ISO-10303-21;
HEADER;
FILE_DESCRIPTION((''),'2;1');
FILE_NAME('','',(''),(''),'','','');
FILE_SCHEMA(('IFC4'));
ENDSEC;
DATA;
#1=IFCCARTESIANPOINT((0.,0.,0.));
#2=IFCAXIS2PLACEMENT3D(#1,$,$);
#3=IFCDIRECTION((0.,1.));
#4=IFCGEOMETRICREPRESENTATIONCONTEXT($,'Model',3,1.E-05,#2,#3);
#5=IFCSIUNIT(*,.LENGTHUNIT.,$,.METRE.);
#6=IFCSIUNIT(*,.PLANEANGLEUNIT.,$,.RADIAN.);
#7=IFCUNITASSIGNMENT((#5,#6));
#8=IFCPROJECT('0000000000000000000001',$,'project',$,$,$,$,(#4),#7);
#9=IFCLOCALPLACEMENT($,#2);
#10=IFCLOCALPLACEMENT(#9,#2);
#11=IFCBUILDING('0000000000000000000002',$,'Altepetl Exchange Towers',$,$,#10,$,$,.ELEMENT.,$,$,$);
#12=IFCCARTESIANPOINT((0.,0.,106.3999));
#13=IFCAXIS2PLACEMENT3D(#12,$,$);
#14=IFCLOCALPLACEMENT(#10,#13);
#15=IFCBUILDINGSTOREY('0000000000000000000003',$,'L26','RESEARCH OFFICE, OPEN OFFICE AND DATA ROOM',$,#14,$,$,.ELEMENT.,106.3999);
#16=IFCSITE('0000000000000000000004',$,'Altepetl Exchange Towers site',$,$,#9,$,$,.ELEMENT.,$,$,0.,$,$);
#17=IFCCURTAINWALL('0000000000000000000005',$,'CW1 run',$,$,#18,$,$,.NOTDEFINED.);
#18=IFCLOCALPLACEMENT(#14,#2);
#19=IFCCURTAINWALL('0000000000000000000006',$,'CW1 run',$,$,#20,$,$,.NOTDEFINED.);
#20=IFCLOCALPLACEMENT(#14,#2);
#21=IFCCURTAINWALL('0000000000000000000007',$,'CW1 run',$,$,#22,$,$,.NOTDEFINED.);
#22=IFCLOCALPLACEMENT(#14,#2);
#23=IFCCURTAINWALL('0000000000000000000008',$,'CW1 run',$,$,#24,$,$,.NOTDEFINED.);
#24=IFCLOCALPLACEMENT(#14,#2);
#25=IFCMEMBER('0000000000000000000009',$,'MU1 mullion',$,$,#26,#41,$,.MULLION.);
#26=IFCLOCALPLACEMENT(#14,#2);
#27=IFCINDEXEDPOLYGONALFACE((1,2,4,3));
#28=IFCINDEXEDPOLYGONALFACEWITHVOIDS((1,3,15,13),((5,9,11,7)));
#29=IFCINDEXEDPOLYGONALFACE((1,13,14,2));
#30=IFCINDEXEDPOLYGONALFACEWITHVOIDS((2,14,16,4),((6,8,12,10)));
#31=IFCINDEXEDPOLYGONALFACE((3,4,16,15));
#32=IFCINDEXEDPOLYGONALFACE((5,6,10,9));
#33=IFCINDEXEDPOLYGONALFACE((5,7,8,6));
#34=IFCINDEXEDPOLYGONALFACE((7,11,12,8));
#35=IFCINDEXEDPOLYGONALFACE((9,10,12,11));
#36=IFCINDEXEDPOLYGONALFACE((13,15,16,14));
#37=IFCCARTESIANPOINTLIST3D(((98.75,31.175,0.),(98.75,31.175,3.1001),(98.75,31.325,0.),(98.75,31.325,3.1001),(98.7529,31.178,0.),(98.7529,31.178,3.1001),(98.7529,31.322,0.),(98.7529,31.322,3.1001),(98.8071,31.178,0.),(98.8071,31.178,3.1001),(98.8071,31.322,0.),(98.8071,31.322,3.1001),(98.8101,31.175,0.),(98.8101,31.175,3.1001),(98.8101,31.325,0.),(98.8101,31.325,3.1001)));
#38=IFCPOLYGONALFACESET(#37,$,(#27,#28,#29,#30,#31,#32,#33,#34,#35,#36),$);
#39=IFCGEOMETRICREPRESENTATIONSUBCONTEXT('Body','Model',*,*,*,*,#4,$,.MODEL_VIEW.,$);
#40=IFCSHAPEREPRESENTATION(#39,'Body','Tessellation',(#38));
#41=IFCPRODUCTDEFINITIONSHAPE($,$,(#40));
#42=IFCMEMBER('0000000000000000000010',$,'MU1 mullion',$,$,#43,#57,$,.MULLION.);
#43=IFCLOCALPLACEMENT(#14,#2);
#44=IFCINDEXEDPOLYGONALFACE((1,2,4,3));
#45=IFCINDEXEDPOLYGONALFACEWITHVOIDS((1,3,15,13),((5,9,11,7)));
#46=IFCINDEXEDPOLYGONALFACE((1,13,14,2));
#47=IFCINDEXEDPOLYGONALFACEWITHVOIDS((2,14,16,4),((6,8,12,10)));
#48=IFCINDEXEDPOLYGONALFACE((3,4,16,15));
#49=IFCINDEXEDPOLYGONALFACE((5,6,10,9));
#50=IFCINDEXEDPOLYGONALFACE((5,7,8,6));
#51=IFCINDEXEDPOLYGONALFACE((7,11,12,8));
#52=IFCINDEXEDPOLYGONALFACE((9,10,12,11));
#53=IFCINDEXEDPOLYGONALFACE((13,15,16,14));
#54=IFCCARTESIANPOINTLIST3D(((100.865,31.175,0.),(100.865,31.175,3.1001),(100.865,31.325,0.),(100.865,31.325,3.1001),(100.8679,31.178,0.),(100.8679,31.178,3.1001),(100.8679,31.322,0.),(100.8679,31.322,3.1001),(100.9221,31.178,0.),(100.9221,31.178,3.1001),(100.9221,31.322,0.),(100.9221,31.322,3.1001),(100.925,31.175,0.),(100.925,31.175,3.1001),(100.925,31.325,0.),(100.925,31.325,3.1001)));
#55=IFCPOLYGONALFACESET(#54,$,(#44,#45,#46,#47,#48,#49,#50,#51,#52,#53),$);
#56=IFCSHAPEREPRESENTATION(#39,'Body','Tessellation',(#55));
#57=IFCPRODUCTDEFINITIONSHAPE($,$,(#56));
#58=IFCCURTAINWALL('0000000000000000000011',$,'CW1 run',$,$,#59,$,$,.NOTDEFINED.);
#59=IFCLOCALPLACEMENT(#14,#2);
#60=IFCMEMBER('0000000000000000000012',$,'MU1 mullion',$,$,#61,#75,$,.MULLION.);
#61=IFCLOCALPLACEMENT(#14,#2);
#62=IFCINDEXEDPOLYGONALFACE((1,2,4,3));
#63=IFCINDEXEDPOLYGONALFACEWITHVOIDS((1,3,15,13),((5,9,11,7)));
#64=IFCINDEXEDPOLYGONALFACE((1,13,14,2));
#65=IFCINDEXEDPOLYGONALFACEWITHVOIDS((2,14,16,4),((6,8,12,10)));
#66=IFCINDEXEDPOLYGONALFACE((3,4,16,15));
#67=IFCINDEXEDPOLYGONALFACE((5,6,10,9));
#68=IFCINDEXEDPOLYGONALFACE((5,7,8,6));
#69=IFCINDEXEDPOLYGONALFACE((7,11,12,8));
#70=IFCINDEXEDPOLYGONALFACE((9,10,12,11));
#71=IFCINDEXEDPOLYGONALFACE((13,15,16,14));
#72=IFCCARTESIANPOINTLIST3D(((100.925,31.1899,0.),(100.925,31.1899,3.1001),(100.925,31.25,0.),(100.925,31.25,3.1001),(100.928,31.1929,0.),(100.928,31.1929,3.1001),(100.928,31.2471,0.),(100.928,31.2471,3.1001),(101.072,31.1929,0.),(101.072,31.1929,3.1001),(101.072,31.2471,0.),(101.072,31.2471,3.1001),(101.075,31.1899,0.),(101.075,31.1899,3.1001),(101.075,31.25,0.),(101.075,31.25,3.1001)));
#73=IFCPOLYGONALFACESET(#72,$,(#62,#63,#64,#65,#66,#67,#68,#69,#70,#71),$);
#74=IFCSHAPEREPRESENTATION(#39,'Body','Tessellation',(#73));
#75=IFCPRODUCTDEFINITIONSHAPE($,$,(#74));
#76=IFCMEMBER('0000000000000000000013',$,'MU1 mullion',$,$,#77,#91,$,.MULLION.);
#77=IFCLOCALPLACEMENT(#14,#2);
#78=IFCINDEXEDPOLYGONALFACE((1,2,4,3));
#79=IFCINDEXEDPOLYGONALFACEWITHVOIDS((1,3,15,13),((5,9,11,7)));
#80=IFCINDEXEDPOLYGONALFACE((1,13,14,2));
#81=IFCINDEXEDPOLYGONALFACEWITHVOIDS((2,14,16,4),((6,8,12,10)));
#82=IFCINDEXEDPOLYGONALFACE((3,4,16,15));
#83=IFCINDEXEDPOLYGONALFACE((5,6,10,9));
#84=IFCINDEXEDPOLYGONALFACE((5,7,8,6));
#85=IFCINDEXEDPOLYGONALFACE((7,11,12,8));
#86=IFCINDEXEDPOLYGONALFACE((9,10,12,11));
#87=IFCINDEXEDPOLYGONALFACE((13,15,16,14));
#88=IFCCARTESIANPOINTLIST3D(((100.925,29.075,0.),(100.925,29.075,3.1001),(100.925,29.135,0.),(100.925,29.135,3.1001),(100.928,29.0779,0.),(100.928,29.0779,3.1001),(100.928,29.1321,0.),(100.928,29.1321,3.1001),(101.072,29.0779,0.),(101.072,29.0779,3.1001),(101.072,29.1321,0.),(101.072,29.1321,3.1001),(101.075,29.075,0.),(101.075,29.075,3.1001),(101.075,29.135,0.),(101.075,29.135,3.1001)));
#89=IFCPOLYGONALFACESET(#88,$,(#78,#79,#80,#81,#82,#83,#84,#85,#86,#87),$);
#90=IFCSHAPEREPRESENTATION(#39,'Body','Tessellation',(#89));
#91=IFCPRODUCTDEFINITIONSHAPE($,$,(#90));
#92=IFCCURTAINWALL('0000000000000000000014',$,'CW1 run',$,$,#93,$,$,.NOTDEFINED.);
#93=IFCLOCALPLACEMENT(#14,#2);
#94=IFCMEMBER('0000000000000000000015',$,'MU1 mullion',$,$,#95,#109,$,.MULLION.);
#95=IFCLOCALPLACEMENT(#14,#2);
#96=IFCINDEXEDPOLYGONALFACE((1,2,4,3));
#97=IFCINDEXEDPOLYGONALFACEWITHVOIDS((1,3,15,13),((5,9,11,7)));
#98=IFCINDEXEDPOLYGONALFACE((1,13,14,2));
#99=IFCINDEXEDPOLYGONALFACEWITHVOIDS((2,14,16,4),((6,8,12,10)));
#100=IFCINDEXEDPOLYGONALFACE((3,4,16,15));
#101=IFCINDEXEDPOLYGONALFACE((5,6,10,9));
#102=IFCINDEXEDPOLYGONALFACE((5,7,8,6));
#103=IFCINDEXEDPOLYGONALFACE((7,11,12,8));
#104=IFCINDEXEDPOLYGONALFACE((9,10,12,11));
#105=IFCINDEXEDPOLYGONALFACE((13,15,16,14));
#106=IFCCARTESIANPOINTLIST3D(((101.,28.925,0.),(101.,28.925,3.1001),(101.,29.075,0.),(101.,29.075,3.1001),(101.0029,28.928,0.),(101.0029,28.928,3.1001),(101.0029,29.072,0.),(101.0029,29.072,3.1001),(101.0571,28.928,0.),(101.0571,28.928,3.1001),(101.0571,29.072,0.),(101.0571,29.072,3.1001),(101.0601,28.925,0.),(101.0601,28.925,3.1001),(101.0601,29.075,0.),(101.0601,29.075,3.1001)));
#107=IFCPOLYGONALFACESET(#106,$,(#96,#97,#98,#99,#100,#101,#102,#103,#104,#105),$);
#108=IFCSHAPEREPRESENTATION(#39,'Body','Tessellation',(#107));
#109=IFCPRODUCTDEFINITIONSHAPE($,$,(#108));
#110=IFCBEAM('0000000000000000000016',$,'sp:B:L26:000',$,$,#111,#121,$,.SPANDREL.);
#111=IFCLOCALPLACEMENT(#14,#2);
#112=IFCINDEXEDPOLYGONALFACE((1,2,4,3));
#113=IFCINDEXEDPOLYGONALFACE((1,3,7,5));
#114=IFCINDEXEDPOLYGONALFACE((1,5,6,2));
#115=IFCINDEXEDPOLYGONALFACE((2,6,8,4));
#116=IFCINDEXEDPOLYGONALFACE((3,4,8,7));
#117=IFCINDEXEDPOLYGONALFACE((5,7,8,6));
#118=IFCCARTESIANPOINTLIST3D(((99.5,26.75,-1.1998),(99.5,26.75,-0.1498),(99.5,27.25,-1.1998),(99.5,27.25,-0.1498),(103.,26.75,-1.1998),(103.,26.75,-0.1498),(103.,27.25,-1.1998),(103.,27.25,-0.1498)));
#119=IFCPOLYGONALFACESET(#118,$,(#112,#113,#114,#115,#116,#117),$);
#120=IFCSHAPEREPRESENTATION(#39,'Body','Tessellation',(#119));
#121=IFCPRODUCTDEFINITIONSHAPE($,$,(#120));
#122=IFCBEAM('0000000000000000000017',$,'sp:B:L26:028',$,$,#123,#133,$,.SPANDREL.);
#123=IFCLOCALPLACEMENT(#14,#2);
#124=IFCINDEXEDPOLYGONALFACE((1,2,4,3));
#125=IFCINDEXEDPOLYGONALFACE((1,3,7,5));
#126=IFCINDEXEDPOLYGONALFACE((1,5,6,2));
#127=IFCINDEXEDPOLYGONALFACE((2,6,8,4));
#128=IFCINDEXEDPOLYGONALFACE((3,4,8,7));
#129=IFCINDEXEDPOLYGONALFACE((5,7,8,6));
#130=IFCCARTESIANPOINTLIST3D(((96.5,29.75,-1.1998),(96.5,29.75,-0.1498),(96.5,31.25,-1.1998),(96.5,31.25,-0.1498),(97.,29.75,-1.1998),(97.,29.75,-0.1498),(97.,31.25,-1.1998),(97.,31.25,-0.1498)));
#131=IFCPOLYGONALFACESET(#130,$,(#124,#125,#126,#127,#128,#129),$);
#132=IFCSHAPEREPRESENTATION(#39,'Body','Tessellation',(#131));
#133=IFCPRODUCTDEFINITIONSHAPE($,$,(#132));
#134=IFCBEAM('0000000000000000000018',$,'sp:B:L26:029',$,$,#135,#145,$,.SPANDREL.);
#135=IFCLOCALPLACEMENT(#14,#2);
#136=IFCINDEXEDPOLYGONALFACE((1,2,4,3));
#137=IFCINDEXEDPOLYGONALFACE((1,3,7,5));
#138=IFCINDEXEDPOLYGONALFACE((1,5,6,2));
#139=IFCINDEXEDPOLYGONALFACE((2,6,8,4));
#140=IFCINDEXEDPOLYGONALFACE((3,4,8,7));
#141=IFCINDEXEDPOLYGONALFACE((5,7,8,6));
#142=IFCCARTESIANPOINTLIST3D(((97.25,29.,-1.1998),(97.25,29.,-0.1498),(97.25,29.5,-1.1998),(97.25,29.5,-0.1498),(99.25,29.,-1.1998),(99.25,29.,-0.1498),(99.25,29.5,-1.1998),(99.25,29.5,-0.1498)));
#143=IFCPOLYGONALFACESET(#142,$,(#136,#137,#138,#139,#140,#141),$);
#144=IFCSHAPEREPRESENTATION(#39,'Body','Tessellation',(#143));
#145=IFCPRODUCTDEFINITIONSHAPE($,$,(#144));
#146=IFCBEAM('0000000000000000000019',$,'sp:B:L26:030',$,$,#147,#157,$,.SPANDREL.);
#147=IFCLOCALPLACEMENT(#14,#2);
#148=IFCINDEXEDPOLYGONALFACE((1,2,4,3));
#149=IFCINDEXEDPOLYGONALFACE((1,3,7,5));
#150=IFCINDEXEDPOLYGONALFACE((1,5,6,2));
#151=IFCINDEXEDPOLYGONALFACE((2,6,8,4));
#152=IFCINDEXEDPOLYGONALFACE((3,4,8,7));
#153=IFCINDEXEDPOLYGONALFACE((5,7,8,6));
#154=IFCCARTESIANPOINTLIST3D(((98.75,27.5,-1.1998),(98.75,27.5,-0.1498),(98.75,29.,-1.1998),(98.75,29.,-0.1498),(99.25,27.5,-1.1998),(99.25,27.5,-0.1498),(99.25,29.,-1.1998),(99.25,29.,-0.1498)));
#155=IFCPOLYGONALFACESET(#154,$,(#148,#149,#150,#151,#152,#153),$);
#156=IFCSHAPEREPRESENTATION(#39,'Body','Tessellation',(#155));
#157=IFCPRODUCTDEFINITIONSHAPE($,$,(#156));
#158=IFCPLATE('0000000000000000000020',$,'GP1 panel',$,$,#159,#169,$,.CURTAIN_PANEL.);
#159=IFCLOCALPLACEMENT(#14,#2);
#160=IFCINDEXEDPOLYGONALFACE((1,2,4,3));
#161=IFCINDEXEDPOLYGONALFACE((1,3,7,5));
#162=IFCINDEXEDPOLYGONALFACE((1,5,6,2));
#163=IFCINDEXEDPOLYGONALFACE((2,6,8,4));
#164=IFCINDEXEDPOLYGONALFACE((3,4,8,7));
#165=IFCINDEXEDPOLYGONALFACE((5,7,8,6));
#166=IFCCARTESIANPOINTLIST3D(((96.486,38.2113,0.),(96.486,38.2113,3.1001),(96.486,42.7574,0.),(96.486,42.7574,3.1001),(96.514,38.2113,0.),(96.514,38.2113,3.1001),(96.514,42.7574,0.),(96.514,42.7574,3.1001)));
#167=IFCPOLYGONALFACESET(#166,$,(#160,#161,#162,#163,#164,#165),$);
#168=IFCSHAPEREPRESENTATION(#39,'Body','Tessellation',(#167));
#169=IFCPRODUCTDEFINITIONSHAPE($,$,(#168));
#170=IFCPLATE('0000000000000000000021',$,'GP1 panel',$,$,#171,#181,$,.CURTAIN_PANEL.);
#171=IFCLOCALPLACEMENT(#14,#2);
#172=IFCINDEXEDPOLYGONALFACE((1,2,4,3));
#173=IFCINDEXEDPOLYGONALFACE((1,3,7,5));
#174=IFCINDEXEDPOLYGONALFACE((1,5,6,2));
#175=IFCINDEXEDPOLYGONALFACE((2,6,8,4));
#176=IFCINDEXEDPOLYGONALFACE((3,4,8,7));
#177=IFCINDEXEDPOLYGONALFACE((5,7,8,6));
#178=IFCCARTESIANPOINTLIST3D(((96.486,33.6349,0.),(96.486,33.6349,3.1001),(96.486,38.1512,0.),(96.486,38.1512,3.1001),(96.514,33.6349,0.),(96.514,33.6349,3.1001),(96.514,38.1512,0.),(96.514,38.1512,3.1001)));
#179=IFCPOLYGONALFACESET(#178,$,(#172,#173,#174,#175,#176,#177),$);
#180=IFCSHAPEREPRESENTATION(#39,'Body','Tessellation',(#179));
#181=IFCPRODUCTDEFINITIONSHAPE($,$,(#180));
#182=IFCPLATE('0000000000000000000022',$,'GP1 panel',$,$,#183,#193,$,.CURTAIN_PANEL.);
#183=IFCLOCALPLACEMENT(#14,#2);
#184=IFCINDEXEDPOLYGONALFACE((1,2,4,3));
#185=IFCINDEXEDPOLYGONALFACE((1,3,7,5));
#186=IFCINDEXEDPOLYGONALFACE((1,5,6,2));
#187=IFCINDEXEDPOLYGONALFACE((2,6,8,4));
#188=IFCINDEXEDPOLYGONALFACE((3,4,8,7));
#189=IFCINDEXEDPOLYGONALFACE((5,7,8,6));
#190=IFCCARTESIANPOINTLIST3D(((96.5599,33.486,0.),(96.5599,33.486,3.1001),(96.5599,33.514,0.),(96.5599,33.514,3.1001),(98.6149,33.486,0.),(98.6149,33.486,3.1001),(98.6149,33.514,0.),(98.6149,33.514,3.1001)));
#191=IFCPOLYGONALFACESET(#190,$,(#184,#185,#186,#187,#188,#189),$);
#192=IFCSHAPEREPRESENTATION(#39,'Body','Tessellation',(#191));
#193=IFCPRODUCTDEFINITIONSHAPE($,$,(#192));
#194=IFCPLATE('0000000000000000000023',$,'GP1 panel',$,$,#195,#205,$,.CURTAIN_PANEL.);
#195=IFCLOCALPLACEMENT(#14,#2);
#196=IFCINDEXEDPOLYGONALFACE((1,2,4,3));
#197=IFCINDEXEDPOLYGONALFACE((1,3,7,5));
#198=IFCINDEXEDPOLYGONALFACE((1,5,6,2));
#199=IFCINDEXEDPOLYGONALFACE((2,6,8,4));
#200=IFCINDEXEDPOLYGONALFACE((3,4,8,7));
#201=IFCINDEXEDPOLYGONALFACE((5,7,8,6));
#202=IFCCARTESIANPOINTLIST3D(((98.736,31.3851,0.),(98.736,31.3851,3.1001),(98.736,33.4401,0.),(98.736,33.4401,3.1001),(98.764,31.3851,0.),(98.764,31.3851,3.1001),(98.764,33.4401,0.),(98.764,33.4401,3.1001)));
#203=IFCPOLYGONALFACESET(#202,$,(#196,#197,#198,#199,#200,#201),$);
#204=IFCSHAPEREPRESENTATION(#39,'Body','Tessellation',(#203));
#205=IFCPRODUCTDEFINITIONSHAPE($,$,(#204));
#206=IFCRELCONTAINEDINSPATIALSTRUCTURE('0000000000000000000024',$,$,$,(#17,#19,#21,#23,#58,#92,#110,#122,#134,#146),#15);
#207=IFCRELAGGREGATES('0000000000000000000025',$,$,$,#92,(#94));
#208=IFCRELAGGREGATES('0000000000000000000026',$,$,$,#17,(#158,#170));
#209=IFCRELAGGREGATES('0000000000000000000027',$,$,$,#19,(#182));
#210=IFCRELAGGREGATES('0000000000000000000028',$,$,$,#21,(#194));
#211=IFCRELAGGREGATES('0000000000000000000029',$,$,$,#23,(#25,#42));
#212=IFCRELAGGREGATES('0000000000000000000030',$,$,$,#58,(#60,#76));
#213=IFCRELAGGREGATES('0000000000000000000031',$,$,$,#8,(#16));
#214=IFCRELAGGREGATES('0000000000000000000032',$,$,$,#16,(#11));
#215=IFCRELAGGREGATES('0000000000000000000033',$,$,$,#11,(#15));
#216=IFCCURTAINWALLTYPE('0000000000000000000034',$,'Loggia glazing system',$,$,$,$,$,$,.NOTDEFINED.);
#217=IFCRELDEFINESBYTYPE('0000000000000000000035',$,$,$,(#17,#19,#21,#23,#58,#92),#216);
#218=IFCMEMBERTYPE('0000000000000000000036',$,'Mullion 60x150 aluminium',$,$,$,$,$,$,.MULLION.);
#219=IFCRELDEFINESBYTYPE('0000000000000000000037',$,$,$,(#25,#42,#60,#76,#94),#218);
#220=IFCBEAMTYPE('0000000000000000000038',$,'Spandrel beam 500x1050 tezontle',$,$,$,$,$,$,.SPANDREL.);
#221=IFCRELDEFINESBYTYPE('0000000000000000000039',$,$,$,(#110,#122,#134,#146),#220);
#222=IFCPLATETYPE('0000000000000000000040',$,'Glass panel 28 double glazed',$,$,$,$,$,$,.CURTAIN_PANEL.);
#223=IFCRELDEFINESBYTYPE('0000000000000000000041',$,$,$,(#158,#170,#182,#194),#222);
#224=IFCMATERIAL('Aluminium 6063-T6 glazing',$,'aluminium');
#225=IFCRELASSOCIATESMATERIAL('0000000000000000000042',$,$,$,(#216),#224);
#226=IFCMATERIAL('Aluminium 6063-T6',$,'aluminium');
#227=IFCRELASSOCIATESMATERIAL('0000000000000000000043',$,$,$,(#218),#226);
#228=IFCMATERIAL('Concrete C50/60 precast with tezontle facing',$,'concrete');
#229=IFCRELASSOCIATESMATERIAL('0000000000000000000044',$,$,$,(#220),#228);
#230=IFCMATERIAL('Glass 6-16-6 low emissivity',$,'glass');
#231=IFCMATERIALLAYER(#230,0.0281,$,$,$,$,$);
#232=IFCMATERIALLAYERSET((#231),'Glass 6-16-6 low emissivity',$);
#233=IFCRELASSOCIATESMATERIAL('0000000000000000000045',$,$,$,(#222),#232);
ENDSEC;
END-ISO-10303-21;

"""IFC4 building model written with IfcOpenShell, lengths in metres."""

from ifc_helpers import new_model, si_unit, direction, frame, origin, origin_2d, place, context, subcontext, project, spatial, rectangle, hollow_rectangle, extrude, material, layer, layer_set, material_profile, profile_set, type_object, element, aggregate, save


model = new_model("IFC4")

# Units and contexts
model_context = context("Model", 3, precision=1e-05, world=origin(), true_north=direction((0.0, 1.0)))
body_context = subcontext(model_context, "Body", "Model", "MODEL_VIEW")
ifc_project = project(units=[si_unit("LENGTHUNIT", "METRE"), si_unit("PLANEANGLEUNIT", "RADIAN")], contexts=[model_context])

# Site, building, storey
site_placement = place(None, origin())
site = spatial("IfcSite", under=ifc_project, at=site_placement, Name="Altepetl Exchange Towers site", CompositionType="ELEMENT", RefElevation=0.0)
building_placement = place(site_placement, origin())
building = spatial("IfcBuilding", under=site, at=building_placement, Name="Altepetl Exchange Towers", CompositionType="ELEMENT")
storey_placement = place(building_placement, frame((0.0, 0.0, 106.3999)))
storey = spatial("IfcBuildingStorey", under=building, at=storey_placement, Name="L26", Description="RESEARCH OFFICE, OPEN OFFICE AND DATA ROOM", CompositionType="ELEMENT", Elevation=106.3999)

# Curtain walls, members
ifc_material_1 = material(Name="Aluminium 6063-T6 glazing", Category="aluminium")
curtain_wall_type = type_object("IfcCurtainWallType", Name="Loggia glazing system", PredefinedType="NOTDEFINED", material=ifc_material_1)
curtain_wall_1_placement = place(storey_placement, origin())
curtain_wall_1 = element("IfcCurtainWall", 1, at=curtain_wall_1_placement, inside=storey, type_object=curtain_wall_type, Name="CW1 run", PredefinedType="NOTDEFINED")
ifc_material_2 = material(Name="Aluminium 6063-T6", Category="aluminium")
ifc_material_profile_1 = material_profile(ifc_material_2, hollow_rectangle(XDim=0.0601, YDim=0.1499, WallThickness=0.0029, at=origin_2d()), Name="Mullion 60x150 aluminium")
ifc_profile_set_1 = profile_set([ifc_material_profile_1], Name="Aluminium 6063-T6")
member_type = type_object("IfcMemberType", Name="Mullion 60x150 aluminium", PredefinedType="MULLION", material=ifc_profile_set_1)
curtain_wall_2_placement = place(storey_placement, origin())
curtain_wall_2 = element("IfcCurtainWall", 2, at=curtain_wall_2_placement, inside=storey, type_object=curtain_wall_type, Name="CW1 run", PredefinedType="NOTDEFINED")
curtain_wall_3_placement = place(storey_placement, origin())
curtain_wall_3 = element("IfcCurtainWall", 3, at=curtain_wall_3_placement, inside=storey, type_object=curtain_wall_type, Name="CW1 run", PredefinedType="NOTDEFINED")
curtain_wall_4_placement = place(storey_placement, origin())
curtain_wall_4 = element("IfcCurtainWall", 4, at=curtain_wall_4_placement, inside=storey, type_object=curtain_wall_type, Name="CW1 run", PredefinedType="NOTDEFINED")
member_1_placement = place(storey_placement, frame((98.78, 31.25, 0.0)))
member_1 = element("IfcMember", 5, at=member_1_placement, type_object=member_type, Name="MU1 mullion", PredefinedType="MULLION", context=body_context, shape_type="SweptSolid", body=[
    extrude(hollow_rectangle(XDim=0.0601, YDim=0.1499, WallThickness=0.0029, at=origin_2d()), origin(), (0.0, 0.0, 1.0), 3.1001),
])
member_2_placement = place(storey_placement, frame((100.895, 31.25, 0.0)))
member_2 = element("IfcMember", 6, at=member_2_placement, type_object=member_type, Name="MU1 mullion", PredefinedType="MULLION", context=body_context, shape_type="SweptSolid", body=[
    extrude(hollow_rectangle(XDim=0.0601, YDim=0.1499, WallThickness=0.0029, at=origin_2d()), origin(), (0.0, 0.0, 1.0), 3.1001),
])
curtain_wall_5_placement = place(storey_placement, origin())
curtain_wall_5 = element("IfcCurtainWall", 7, at=curtain_wall_5_placement, inside=storey, type_object=curtain_wall_type, Name="CW1 run", PredefinedType="NOTDEFINED")
member_3_placement = place(storey_placement, frame((101.0, 31.22, 0.0), z_axis=(0.0, 0.0, 1.0), x_axis=(0.0, -1.0, 0.0)))
member_3 = element("IfcMember", 8, at=member_3_placement, type_object=member_type, Name="MU1 mullion", PredefinedType="MULLION", context=body_context, shape_type="SweptSolid", body=[
    extrude(hollow_rectangle(XDim=0.0601, YDim=0.1499, WallThickness=0.0029, at=origin_2d()), origin(), (0.0, 0.0, 1.0), 3.1001),
])
member_4_placement = place(storey_placement, frame((101.0, 29.105, 0.0), z_axis=(0.0, 0.0, 1.0), x_axis=(0.0, -1.0, 0.0)))
member_4 = element("IfcMember", 9, at=member_4_placement, type_object=member_type, Name="MU1 mullion", PredefinedType="MULLION", context=body_context, shape_type="SweptSolid", body=[
    extrude(hollow_rectangle(XDim=0.0601, YDim=0.1499, WallThickness=0.0029, at=origin_2d()), origin(), (0.0, 0.0, 1.0), 3.1001),
])

# Curtain wall, member
curtain_wall_6_placement = place(storey_placement, origin())
curtain_wall_6 = element("IfcCurtainWall", 10, at=curtain_wall_6_placement, inside=storey, type_object=curtain_wall_type, Name="CW1 run", PredefinedType="NOTDEFINED")
member_5_placement = place(storey_placement, frame((101.03, 29.0, 0.0)))
member_5 = element("IfcMember", 11, at=member_5_placement, type_object=member_type, Name="MU1 mullion", PredefinedType="MULLION", context=body_context, shape_type="SweptSolid", body=[
    extrude(hollow_rectangle(XDim=0.0601, YDim=0.1499, WallThickness=0.0029, at=origin_2d()), origin(), (0.0, 0.0, 1.0), 3.1001),
])
aggregate(curtain_wall_6, [member_5])

# Beams
ifc_material_3 = material(Name="Concrete C50/60 precast with tezontle facing", Category="concrete")
ifc_material_profile_2 = material_profile(ifc_material_3, rectangle(XDim=0.5, YDim=1.05, at=origin_2d()), Name="500 x 1050")
ifc_profile_set_2 = profile_set([ifc_material_profile_2], Name="Concrete C50/60 precast with tezontle facing")
beam_type_1 = type_object("IfcBeamType", Name="Spandrel beam 500x1050 tezontle", PredefinedType="SPANDREL", material=ifc_profile_set_2)
beam_1_placement = place(storey_placement, frame((99.5, 27.0, -0.6748), z_axis=(1.0, 0.0, 0.0), x_axis=(0.0, 1.0, 0.0)))
element("IfcBeam", 12, at=beam_1_placement, inside=storey, type_object=beam_type_1, Name="sp:B:L26:000", PredefinedType="SPANDREL", context=body_context, shape_type="SweptSolid", body=[
    extrude(rectangle(XDim=0.5, YDim=1.05, at=origin_2d()), origin(), (0.0, 0.0, 1.0), 3.5),
])
beam_2_placement = place(storey_placement, frame((96.75, 31.25, -0.6748), z_axis=(0.0, -1.0, 0.0), x_axis=(1.0, 0.0, 0.0)))
element("IfcBeam", 13, at=beam_2_placement, inside=storey, type_object=beam_type_1, Name="sp:B:L26:028", PredefinedType="SPANDREL", context=body_context, shape_type="SweptSolid", body=[
    extrude(rectangle(XDim=0.5, YDim=1.05, at=origin_2d()), origin(), (0.0, 0.0, 1.0), 1.5),
])
beam_3_placement = place(storey_placement, frame((97.25, 29.25, -0.6748), z_axis=(1.0, 0.0, 0.0), x_axis=(0.0, 1.0, 0.0)))
element("IfcBeam", 14, at=beam_3_placement, inside=storey, type_object=beam_type_1, Name="sp:B:L26:029", PredefinedType="SPANDREL", context=body_context, shape_type="SweptSolid", body=[
    extrude(rectangle(XDim=0.5, YDim=1.05, at=origin_2d()), origin(), (0.0, 0.0, 1.0), 2.0),
])
beam_4_placement = place(storey_placement, frame((99.0, 29.0, -0.6748), z_axis=(0.0, -1.0, 0.0), x_axis=(1.0, 0.0, 0.0)))
element("IfcBeam", 15, at=beam_4_placement, inside=storey, type_object=beam_type_1, Name="sp:B:L26:030", PredefinedType="SPANDREL", context=body_context, shape_type="SweptSolid", body=[
    extrude(rectangle(XDim=0.5, YDim=1.05, at=origin_2d()), origin(), (0.0, 0.0, 1.0), 1.5),
])

# Plates
ifc_material_4 = material(Name="Glass 6-16-6 low emissivity", Category="glass")
ifc_layer_1 = layer(ifc_material_4, 0.0281)
ifc_layer_set_1 = layer_set([ifc_layer_1], Name="Glass 6-16-6 low emissivity")
plate_type = type_object("IfcPlateType", Name="Glass panel 28 double glazed", PredefinedType="CURTAIN_PANEL", material=ifc_layer_set_1)
plate_1_placement = place(storey_placement, frame((96.5, 40.4844, 0.0), z_axis=(0.0, 0.0, 1.0), x_axis=(0.0, -1.0, 0.0)))
plate_1 = element("IfcPlate", 16, at=plate_1_placement, type_object=plate_type, Name="GP1 panel", PredefinedType="CURTAIN_PANEL", context=body_context, shape_type="SweptSolid", body=[
    extrude(rectangle(XDim=4.5461, YDim=0.0281, at=origin_2d()), origin(), (0.0, 0.0, 1.0), 3.1001),
])
plate_2_placement = place(storey_placement, frame((96.5, 35.8931, 0.0), z_axis=(0.0, 0.0, 1.0), x_axis=(0.0, -1.0, 0.0)))
plate_2 = element("IfcPlate", 17, at=plate_2_placement, type_object=plate_type, Name="GP1 panel", PredefinedType="CURTAIN_PANEL", context=body_context, shape_type="SweptSolid", body=[
    extrude(rectangle(XDim=4.5164, YDim=0.0281, at=origin_2d()), origin(), (0.0, 0.0, 1.0), 3.1001),
])
aggregate(curtain_wall_1, [plate_1, plate_2])
plate_3_placement = place(storey_placement, frame((97.5874, 33.5, 0.0)))
plate_3 = element("IfcPlate", 18, at=plate_3_placement, type_object=plate_type, Name="GP1 panel", PredefinedType="CURTAIN_PANEL", context=body_context, shape_type="SweptSolid", body=[
    extrude(rectangle(XDim=2.0549, YDim=0.0281, at=origin_2d()), origin(), (0.0, 0.0, 1.0), 3.1001),
])
aggregate(curtain_wall_2, [plate_3])
plate_4_placement = place(storey_placement, frame((98.75, 32.4126, 0.0), z_axis=(0.0, 0.0, 1.0), x_axis=(0.0, -1.0, 0.0)))
plate_4 = element("IfcPlate", 19, at=plate_4_placement, type_object=plate_type, Name="GP1 panel", PredefinedType="CURTAIN_PANEL", context=body_context, shape_type="SweptSolid", body=[
    extrude(rectangle(XDim=2.0549, YDim=0.0281, at=origin_2d()), origin(), (0.0, 0.0, 1.0), 3.1001),
])
aggregate(curtain_wall_3, [plate_4])
aggregate(curtain_wall_4, [member_1, member_2])
aggregate(curtain_wall_5, [member_3, member_4])

save(model, "model.ifc")
